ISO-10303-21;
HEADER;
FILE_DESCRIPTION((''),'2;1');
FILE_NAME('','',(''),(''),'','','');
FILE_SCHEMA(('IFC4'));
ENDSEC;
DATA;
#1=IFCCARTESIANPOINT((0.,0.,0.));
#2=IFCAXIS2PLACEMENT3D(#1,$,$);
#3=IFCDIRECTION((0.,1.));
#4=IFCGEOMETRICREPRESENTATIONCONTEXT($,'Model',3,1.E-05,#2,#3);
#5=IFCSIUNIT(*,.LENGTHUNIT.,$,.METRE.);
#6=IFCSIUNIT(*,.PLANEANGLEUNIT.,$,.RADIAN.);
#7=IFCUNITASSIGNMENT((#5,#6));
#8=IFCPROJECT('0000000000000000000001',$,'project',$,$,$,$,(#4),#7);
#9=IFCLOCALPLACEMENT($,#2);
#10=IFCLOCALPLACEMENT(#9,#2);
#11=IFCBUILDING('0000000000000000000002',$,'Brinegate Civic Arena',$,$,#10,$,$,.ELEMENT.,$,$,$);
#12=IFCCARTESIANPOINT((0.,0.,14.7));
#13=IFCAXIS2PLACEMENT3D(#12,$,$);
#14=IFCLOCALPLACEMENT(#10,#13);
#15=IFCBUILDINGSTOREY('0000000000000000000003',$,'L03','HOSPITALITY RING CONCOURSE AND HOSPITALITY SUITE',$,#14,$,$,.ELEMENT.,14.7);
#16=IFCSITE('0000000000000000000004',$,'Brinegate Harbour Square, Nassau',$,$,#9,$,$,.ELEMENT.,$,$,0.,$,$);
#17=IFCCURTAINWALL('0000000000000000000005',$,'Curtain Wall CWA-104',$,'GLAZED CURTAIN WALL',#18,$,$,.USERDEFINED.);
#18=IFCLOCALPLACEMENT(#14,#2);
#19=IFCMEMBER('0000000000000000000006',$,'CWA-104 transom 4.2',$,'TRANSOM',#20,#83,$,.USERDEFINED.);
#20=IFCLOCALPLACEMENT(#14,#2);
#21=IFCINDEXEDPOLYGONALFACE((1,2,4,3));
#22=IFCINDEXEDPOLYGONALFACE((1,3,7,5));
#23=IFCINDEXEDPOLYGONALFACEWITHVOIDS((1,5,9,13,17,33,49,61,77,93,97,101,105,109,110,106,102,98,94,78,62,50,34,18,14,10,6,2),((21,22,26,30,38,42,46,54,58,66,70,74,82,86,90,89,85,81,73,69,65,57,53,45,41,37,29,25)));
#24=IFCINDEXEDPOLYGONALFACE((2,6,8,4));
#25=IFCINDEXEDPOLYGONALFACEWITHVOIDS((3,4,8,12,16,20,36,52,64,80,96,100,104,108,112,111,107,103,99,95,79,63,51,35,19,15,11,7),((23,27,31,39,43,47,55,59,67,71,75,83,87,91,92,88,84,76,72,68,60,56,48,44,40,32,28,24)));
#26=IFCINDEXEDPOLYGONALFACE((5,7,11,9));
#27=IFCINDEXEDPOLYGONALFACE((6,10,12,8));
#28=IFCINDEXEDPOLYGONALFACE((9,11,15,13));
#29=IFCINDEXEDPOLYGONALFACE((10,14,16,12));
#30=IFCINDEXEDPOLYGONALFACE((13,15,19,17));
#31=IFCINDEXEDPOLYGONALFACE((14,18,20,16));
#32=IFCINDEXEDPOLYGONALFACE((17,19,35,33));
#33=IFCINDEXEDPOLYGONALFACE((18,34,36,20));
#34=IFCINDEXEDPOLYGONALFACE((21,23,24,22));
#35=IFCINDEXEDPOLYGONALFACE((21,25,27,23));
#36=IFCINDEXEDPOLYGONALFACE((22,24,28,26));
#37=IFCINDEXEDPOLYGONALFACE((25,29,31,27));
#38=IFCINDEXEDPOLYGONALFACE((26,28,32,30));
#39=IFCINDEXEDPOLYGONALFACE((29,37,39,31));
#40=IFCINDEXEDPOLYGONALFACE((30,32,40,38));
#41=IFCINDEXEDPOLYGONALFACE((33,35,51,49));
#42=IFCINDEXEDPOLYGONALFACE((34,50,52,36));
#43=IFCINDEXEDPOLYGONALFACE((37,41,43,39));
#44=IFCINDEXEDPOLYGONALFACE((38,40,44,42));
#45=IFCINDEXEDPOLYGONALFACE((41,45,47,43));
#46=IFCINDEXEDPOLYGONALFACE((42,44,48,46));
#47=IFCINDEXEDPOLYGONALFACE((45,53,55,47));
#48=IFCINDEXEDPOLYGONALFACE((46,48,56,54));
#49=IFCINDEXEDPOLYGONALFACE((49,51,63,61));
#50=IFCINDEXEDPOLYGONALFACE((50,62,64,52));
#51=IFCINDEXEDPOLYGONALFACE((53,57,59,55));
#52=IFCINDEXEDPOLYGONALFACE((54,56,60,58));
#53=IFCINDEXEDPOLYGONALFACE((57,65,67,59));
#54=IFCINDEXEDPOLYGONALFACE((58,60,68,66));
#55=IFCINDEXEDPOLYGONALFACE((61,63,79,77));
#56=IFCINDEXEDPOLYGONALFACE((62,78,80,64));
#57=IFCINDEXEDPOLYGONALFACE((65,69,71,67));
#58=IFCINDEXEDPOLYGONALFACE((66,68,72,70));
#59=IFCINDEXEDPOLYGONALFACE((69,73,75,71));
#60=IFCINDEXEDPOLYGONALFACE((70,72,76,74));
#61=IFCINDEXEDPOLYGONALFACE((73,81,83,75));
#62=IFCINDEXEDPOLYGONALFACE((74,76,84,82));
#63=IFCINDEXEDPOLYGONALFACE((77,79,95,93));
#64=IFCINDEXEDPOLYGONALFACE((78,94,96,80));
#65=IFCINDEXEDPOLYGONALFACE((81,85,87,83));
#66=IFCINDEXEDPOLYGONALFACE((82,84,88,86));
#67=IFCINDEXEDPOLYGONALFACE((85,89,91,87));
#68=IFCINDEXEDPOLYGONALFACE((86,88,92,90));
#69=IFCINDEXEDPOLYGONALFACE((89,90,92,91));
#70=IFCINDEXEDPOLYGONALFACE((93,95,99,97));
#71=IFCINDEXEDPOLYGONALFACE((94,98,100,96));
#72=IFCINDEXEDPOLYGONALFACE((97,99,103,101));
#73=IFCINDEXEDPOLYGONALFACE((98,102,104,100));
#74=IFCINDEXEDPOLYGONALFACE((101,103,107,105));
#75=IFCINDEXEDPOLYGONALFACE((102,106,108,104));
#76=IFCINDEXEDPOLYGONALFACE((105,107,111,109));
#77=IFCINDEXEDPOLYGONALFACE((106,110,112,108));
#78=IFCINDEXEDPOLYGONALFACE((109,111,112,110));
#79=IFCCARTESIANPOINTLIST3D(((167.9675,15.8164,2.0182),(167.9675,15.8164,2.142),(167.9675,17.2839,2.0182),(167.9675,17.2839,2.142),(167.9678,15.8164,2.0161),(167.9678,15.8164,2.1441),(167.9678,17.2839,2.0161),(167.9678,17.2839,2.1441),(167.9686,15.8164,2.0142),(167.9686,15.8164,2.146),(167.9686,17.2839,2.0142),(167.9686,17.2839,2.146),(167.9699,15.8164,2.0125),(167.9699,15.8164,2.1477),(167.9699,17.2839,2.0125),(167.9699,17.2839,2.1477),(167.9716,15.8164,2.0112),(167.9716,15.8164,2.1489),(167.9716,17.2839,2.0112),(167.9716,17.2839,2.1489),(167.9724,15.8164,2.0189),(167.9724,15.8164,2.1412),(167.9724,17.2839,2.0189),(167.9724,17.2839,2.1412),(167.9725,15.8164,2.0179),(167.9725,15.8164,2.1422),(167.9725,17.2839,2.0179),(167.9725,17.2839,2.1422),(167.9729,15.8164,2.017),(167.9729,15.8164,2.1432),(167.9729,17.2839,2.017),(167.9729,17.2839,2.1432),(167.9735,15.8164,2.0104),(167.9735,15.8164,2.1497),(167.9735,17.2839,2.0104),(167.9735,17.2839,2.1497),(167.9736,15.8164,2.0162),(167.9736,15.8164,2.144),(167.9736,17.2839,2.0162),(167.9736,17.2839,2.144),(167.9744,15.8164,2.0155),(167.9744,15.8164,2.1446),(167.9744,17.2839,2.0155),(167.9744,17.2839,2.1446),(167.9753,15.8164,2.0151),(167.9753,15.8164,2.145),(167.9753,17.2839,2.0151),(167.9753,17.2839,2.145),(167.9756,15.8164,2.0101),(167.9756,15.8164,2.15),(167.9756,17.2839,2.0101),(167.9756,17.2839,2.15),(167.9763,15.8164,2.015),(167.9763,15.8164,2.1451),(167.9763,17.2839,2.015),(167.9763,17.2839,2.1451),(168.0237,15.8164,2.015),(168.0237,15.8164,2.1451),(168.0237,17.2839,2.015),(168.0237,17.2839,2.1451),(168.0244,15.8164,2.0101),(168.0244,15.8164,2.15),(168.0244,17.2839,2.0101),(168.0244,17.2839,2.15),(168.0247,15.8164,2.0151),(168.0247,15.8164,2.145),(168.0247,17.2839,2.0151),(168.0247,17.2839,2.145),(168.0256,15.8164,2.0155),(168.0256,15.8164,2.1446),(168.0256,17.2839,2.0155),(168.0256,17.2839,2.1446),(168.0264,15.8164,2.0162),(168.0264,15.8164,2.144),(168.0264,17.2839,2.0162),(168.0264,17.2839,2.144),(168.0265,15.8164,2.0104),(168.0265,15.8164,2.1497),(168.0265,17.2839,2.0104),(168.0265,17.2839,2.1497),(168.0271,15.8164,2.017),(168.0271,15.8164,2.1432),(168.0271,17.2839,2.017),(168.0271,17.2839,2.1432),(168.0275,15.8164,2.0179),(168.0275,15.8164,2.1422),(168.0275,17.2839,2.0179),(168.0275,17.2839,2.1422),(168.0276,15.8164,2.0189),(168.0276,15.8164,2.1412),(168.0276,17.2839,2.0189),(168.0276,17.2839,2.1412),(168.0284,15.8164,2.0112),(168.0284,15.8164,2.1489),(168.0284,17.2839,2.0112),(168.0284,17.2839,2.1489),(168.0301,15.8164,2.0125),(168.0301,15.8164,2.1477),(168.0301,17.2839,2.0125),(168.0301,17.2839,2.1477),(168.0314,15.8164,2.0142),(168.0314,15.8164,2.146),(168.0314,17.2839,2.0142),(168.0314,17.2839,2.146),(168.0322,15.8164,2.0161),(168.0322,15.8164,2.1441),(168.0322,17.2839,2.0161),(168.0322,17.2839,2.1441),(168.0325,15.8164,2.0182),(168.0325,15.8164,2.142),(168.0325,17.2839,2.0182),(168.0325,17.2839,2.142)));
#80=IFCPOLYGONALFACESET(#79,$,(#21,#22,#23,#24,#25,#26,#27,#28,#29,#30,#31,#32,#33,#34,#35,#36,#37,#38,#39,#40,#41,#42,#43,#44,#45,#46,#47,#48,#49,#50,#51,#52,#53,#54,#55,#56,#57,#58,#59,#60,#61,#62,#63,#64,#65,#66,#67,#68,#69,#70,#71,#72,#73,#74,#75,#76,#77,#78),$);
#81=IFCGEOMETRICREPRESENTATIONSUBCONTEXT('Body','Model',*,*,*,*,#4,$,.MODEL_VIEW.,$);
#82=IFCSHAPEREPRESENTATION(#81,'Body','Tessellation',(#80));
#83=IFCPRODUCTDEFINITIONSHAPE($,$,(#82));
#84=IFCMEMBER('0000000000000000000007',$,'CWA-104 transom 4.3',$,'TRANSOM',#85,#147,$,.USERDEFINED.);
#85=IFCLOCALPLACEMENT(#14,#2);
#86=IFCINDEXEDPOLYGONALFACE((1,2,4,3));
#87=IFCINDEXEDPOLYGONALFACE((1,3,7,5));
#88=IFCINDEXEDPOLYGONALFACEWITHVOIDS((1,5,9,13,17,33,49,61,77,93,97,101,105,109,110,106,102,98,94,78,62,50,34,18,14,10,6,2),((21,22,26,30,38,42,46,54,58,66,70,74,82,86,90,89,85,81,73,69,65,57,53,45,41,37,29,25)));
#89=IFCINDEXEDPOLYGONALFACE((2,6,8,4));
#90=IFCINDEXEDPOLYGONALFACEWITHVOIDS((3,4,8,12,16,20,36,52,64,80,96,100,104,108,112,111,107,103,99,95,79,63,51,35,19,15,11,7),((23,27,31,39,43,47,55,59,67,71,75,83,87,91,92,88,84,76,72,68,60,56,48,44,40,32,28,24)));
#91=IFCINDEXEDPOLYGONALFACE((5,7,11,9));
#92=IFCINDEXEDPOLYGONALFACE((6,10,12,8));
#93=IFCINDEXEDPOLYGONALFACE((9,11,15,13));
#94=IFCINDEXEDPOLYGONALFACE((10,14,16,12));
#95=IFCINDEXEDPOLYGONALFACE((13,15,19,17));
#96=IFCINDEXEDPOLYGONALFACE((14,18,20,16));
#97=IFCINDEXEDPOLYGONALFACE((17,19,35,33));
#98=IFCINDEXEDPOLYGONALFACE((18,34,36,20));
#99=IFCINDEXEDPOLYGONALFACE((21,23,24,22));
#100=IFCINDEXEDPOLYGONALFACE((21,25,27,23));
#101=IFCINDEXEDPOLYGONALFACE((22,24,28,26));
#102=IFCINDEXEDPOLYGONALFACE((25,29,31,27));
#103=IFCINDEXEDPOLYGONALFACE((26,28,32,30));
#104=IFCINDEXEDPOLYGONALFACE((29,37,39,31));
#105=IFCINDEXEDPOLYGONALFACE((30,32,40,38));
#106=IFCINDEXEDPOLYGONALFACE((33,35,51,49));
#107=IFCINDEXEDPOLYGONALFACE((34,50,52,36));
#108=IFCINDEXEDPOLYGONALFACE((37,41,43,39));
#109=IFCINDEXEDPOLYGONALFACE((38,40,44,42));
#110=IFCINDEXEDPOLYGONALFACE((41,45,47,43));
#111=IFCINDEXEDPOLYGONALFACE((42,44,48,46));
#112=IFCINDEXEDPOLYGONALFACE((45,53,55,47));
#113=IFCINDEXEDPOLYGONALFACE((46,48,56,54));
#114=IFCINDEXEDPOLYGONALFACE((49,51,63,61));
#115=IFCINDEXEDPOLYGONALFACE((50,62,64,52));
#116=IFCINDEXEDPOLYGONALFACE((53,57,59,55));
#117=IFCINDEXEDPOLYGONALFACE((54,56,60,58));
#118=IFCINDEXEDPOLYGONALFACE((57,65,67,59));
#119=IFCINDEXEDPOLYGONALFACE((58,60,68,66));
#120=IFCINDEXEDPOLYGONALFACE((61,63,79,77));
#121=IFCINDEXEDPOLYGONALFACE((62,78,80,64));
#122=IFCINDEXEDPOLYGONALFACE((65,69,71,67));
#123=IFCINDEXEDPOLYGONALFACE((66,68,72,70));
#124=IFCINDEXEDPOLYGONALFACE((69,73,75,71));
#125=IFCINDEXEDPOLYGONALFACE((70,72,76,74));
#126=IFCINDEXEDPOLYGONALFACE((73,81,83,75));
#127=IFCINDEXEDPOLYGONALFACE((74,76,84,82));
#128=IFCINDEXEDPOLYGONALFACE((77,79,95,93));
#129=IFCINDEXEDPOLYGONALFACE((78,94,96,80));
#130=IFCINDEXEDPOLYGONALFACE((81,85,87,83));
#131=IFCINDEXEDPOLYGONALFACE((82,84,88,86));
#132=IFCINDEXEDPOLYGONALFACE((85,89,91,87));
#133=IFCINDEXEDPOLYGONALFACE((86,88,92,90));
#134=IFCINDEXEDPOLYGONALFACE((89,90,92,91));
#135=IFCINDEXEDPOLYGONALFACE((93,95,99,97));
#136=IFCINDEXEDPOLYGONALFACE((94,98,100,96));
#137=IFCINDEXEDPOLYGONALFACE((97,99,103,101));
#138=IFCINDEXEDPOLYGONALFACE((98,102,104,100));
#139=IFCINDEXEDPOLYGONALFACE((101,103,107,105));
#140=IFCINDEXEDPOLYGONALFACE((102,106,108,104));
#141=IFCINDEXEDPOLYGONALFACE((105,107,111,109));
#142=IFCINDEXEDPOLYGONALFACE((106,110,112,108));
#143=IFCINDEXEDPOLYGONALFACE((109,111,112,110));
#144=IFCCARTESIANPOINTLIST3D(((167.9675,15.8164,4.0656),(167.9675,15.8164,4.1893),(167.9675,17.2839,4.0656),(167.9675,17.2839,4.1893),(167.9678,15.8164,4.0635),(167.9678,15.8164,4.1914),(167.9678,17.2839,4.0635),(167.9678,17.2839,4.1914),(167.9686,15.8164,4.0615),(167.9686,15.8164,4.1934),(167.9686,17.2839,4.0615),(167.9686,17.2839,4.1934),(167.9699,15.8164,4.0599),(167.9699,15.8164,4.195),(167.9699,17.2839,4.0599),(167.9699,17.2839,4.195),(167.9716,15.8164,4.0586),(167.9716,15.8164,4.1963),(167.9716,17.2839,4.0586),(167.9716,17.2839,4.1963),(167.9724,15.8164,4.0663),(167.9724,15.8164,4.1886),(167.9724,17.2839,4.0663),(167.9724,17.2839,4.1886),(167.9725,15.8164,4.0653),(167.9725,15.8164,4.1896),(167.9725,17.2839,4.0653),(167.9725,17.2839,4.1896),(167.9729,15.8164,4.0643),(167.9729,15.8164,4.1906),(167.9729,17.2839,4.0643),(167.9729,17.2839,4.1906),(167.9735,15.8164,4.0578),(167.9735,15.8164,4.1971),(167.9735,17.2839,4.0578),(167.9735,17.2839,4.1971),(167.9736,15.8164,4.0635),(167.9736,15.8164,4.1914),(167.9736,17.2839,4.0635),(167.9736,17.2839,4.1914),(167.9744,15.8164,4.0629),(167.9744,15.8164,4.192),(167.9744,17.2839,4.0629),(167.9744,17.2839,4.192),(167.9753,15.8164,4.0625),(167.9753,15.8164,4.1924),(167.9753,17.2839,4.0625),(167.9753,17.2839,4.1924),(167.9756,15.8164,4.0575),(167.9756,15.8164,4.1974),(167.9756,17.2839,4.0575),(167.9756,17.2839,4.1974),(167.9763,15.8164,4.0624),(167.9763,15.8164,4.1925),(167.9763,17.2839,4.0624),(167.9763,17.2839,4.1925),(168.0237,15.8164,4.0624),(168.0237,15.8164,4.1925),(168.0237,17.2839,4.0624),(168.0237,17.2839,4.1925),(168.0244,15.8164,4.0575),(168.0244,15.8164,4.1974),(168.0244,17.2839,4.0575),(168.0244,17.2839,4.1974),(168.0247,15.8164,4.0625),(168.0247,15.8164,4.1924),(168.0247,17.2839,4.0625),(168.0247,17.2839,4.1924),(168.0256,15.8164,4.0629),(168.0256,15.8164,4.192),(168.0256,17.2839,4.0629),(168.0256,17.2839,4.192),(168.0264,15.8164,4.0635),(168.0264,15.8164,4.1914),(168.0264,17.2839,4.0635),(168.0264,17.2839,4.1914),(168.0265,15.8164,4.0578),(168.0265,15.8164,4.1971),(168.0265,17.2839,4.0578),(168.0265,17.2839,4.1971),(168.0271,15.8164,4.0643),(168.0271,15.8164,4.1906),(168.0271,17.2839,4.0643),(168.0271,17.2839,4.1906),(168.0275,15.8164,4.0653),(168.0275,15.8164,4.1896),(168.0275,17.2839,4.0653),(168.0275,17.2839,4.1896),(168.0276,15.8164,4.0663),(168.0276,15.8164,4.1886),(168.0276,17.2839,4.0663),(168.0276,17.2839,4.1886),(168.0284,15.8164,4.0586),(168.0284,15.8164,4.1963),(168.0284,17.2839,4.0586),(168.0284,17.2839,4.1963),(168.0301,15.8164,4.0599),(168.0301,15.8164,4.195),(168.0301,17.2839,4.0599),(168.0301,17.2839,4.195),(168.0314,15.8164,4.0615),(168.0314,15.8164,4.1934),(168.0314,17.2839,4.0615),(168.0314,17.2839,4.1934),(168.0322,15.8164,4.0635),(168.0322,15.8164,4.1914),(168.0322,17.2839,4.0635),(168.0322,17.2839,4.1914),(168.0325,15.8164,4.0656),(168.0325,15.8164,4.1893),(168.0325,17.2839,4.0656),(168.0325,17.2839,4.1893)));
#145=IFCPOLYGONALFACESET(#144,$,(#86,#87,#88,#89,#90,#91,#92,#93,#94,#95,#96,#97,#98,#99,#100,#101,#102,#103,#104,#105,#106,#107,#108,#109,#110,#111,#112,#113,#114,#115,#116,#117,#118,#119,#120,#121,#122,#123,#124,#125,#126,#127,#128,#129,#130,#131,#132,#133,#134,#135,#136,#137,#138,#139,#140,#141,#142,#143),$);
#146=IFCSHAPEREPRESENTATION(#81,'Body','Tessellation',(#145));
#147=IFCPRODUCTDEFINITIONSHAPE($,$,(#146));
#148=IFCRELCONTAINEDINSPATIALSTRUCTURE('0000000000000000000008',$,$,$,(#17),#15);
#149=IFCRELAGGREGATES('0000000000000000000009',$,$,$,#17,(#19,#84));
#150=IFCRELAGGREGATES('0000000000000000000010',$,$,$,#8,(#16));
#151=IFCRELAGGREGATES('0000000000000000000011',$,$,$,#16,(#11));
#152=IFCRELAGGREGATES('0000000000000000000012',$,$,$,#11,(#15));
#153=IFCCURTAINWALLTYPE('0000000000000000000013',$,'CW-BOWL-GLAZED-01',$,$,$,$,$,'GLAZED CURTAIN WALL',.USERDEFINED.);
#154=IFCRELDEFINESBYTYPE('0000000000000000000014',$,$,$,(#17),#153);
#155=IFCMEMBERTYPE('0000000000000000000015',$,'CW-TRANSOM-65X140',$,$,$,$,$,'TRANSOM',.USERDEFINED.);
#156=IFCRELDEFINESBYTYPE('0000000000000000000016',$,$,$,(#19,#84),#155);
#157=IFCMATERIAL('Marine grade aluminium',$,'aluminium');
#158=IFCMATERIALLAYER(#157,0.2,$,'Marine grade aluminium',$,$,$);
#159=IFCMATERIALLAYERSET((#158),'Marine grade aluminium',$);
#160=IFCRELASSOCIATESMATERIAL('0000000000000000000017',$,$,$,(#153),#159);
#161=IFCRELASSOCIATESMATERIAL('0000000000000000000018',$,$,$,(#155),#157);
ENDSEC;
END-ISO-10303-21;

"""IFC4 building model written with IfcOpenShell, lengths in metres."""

from ifc_helpers import new_model, si_unit, direction, frame, origin, origin_2d, place, context, subcontext, project, spatial, hollow_rectangle, extrude, material, layer, layer_set, material_profile, profile_set, type_object, element, aggregate, save


model = new_model("IFC4")

# Units and contexts
model_context = context("Model", 3, precision=1e-05, world=origin(), true_north=direction((0.0, 1.0)))
body_context = subcontext(model_context, "Body", "Model", "MODEL_VIEW")
ifc_project = project(units=[si_unit("LENGTHUNIT", "METRE"), si_unit("PLANEANGLEUNIT", "RADIAN")], contexts=[model_context])

# Site, building, storey
site_placement = place(None, origin())
site = spatial("IfcSite", under=ifc_project, at=site_placement, Name="Brinegate Harbour Square, Nassau", CompositionType="ELEMENT", RefElevation=0.0)
building_placement = place(site_placement, origin())
building = spatial("IfcBuilding", under=site, at=building_placement, Name="Brinegate Civic Arena", CompositionType="ELEMENT")
storey_placement = place(building_placement, frame((0.0, 0.0, 14.7)))
storey = spatial("IfcBuildingStorey", under=building, at=storey_placement, Name="L03", Description="HOSPITALITY RING CONCOURSE AND HOSPITALITY SUITE", CompositionType="ELEMENT", Elevation=14.7)

# Curtain wall, members
ifc_material_1 = material(Name="Marine grade aluminium", Category="aluminium")
ifc_layer_1 = layer(ifc_material_1, 0.2, Name="Marine grade aluminium")
ifc_layer_set_1 = layer_set([ifc_layer_1], Name="Marine grade aluminium")
curtain_wall_type = type_object("IfcCurtainWallType", Name="CW-BOWL-GLAZED-01", ElementType="GLAZED CURTAIN WALL", PredefinedType="USERDEFINED", material=ifc_layer_set_1)
curtain_wall_placement = place(storey_placement, origin())
curtain_wall = element("IfcCurtainWall", 1, at=curtain_wall_placement, inside=storey, type_object=curtain_wall_type, Name="Curtain Wall CWA-104", ObjectType="GLAZED CURTAIN WALL", PredefinedType="USERDEFINED")
ifc_material_profile_1 = material_profile(ifc_material_1, hollow_rectangle(XDim=0.0649, YDim=0.1399, WallThickness=0.0049, InnerFilletRadius=0.0039, OuterFilletRadius=0.0081, at=origin_2d()), Name="TRN65X140")
ifc_profile_set_1 = profile_set([ifc_material_profile_1], Name="Marine grade aluminium")
member_type_1 = type_object("IfcMemberType", Name="CW-TRANSOM-65X140", ElementType="TRANSOM", PredefinedType="USERDEFINED", material=ifc_profile_set_1)
member_1_placement = place(storey_placement, frame((168.0, 15.8164, 2.0801), z_axis=(0.0, 1.0, 0.0), x_axis=(-1.0, 0.0, 0.0)))
member_1 = element("IfcMember", 2, at=member_1_placement, type_object=member_type_1, Name="CWA-104 transom 4.2", ObjectType="TRANSOM", PredefinedType="USERDEFINED", context=body_context, shape_type="SweptSolid", body=[
    extrude(hollow_rectangle(XDim=0.0649, YDim=0.1399, WallThickness=0.0049, InnerFilletRadius=0.0039, OuterFilletRadius=0.0081, at=origin_2d()), origin(), (0.0, 0.0, 1.0), 1.4675),
])
member_2_placement = place(storey_placement, frame((168.0, 15.8164, 4.1274), z_axis=(0.0, 1.0, 0.0), x_axis=(-1.0, 0.0, 0.0)))
member_2 = element("IfcMember", 3, at=member_2_placement, type_object=member_type_1, Name="CWA-104 transom 4.3", ObjectType="TRANSOM", PredefinedType="USERDEFINED", context=body_context, shape_type="SweptSolid", body=[
    extrude(hollow_rectangle(XDim=0.0649, YDim=0.1399, WallThickness=0.0049, InnerFilletRadius=0.0039, OuterFilletRadius=0.0081, at=origin_2d()), origin(), (0.0, 0.0, 1.0), 1.4675),
])

aggregate(curtain_wall, [member_1, member_2])

save(model, "model.ifc")
